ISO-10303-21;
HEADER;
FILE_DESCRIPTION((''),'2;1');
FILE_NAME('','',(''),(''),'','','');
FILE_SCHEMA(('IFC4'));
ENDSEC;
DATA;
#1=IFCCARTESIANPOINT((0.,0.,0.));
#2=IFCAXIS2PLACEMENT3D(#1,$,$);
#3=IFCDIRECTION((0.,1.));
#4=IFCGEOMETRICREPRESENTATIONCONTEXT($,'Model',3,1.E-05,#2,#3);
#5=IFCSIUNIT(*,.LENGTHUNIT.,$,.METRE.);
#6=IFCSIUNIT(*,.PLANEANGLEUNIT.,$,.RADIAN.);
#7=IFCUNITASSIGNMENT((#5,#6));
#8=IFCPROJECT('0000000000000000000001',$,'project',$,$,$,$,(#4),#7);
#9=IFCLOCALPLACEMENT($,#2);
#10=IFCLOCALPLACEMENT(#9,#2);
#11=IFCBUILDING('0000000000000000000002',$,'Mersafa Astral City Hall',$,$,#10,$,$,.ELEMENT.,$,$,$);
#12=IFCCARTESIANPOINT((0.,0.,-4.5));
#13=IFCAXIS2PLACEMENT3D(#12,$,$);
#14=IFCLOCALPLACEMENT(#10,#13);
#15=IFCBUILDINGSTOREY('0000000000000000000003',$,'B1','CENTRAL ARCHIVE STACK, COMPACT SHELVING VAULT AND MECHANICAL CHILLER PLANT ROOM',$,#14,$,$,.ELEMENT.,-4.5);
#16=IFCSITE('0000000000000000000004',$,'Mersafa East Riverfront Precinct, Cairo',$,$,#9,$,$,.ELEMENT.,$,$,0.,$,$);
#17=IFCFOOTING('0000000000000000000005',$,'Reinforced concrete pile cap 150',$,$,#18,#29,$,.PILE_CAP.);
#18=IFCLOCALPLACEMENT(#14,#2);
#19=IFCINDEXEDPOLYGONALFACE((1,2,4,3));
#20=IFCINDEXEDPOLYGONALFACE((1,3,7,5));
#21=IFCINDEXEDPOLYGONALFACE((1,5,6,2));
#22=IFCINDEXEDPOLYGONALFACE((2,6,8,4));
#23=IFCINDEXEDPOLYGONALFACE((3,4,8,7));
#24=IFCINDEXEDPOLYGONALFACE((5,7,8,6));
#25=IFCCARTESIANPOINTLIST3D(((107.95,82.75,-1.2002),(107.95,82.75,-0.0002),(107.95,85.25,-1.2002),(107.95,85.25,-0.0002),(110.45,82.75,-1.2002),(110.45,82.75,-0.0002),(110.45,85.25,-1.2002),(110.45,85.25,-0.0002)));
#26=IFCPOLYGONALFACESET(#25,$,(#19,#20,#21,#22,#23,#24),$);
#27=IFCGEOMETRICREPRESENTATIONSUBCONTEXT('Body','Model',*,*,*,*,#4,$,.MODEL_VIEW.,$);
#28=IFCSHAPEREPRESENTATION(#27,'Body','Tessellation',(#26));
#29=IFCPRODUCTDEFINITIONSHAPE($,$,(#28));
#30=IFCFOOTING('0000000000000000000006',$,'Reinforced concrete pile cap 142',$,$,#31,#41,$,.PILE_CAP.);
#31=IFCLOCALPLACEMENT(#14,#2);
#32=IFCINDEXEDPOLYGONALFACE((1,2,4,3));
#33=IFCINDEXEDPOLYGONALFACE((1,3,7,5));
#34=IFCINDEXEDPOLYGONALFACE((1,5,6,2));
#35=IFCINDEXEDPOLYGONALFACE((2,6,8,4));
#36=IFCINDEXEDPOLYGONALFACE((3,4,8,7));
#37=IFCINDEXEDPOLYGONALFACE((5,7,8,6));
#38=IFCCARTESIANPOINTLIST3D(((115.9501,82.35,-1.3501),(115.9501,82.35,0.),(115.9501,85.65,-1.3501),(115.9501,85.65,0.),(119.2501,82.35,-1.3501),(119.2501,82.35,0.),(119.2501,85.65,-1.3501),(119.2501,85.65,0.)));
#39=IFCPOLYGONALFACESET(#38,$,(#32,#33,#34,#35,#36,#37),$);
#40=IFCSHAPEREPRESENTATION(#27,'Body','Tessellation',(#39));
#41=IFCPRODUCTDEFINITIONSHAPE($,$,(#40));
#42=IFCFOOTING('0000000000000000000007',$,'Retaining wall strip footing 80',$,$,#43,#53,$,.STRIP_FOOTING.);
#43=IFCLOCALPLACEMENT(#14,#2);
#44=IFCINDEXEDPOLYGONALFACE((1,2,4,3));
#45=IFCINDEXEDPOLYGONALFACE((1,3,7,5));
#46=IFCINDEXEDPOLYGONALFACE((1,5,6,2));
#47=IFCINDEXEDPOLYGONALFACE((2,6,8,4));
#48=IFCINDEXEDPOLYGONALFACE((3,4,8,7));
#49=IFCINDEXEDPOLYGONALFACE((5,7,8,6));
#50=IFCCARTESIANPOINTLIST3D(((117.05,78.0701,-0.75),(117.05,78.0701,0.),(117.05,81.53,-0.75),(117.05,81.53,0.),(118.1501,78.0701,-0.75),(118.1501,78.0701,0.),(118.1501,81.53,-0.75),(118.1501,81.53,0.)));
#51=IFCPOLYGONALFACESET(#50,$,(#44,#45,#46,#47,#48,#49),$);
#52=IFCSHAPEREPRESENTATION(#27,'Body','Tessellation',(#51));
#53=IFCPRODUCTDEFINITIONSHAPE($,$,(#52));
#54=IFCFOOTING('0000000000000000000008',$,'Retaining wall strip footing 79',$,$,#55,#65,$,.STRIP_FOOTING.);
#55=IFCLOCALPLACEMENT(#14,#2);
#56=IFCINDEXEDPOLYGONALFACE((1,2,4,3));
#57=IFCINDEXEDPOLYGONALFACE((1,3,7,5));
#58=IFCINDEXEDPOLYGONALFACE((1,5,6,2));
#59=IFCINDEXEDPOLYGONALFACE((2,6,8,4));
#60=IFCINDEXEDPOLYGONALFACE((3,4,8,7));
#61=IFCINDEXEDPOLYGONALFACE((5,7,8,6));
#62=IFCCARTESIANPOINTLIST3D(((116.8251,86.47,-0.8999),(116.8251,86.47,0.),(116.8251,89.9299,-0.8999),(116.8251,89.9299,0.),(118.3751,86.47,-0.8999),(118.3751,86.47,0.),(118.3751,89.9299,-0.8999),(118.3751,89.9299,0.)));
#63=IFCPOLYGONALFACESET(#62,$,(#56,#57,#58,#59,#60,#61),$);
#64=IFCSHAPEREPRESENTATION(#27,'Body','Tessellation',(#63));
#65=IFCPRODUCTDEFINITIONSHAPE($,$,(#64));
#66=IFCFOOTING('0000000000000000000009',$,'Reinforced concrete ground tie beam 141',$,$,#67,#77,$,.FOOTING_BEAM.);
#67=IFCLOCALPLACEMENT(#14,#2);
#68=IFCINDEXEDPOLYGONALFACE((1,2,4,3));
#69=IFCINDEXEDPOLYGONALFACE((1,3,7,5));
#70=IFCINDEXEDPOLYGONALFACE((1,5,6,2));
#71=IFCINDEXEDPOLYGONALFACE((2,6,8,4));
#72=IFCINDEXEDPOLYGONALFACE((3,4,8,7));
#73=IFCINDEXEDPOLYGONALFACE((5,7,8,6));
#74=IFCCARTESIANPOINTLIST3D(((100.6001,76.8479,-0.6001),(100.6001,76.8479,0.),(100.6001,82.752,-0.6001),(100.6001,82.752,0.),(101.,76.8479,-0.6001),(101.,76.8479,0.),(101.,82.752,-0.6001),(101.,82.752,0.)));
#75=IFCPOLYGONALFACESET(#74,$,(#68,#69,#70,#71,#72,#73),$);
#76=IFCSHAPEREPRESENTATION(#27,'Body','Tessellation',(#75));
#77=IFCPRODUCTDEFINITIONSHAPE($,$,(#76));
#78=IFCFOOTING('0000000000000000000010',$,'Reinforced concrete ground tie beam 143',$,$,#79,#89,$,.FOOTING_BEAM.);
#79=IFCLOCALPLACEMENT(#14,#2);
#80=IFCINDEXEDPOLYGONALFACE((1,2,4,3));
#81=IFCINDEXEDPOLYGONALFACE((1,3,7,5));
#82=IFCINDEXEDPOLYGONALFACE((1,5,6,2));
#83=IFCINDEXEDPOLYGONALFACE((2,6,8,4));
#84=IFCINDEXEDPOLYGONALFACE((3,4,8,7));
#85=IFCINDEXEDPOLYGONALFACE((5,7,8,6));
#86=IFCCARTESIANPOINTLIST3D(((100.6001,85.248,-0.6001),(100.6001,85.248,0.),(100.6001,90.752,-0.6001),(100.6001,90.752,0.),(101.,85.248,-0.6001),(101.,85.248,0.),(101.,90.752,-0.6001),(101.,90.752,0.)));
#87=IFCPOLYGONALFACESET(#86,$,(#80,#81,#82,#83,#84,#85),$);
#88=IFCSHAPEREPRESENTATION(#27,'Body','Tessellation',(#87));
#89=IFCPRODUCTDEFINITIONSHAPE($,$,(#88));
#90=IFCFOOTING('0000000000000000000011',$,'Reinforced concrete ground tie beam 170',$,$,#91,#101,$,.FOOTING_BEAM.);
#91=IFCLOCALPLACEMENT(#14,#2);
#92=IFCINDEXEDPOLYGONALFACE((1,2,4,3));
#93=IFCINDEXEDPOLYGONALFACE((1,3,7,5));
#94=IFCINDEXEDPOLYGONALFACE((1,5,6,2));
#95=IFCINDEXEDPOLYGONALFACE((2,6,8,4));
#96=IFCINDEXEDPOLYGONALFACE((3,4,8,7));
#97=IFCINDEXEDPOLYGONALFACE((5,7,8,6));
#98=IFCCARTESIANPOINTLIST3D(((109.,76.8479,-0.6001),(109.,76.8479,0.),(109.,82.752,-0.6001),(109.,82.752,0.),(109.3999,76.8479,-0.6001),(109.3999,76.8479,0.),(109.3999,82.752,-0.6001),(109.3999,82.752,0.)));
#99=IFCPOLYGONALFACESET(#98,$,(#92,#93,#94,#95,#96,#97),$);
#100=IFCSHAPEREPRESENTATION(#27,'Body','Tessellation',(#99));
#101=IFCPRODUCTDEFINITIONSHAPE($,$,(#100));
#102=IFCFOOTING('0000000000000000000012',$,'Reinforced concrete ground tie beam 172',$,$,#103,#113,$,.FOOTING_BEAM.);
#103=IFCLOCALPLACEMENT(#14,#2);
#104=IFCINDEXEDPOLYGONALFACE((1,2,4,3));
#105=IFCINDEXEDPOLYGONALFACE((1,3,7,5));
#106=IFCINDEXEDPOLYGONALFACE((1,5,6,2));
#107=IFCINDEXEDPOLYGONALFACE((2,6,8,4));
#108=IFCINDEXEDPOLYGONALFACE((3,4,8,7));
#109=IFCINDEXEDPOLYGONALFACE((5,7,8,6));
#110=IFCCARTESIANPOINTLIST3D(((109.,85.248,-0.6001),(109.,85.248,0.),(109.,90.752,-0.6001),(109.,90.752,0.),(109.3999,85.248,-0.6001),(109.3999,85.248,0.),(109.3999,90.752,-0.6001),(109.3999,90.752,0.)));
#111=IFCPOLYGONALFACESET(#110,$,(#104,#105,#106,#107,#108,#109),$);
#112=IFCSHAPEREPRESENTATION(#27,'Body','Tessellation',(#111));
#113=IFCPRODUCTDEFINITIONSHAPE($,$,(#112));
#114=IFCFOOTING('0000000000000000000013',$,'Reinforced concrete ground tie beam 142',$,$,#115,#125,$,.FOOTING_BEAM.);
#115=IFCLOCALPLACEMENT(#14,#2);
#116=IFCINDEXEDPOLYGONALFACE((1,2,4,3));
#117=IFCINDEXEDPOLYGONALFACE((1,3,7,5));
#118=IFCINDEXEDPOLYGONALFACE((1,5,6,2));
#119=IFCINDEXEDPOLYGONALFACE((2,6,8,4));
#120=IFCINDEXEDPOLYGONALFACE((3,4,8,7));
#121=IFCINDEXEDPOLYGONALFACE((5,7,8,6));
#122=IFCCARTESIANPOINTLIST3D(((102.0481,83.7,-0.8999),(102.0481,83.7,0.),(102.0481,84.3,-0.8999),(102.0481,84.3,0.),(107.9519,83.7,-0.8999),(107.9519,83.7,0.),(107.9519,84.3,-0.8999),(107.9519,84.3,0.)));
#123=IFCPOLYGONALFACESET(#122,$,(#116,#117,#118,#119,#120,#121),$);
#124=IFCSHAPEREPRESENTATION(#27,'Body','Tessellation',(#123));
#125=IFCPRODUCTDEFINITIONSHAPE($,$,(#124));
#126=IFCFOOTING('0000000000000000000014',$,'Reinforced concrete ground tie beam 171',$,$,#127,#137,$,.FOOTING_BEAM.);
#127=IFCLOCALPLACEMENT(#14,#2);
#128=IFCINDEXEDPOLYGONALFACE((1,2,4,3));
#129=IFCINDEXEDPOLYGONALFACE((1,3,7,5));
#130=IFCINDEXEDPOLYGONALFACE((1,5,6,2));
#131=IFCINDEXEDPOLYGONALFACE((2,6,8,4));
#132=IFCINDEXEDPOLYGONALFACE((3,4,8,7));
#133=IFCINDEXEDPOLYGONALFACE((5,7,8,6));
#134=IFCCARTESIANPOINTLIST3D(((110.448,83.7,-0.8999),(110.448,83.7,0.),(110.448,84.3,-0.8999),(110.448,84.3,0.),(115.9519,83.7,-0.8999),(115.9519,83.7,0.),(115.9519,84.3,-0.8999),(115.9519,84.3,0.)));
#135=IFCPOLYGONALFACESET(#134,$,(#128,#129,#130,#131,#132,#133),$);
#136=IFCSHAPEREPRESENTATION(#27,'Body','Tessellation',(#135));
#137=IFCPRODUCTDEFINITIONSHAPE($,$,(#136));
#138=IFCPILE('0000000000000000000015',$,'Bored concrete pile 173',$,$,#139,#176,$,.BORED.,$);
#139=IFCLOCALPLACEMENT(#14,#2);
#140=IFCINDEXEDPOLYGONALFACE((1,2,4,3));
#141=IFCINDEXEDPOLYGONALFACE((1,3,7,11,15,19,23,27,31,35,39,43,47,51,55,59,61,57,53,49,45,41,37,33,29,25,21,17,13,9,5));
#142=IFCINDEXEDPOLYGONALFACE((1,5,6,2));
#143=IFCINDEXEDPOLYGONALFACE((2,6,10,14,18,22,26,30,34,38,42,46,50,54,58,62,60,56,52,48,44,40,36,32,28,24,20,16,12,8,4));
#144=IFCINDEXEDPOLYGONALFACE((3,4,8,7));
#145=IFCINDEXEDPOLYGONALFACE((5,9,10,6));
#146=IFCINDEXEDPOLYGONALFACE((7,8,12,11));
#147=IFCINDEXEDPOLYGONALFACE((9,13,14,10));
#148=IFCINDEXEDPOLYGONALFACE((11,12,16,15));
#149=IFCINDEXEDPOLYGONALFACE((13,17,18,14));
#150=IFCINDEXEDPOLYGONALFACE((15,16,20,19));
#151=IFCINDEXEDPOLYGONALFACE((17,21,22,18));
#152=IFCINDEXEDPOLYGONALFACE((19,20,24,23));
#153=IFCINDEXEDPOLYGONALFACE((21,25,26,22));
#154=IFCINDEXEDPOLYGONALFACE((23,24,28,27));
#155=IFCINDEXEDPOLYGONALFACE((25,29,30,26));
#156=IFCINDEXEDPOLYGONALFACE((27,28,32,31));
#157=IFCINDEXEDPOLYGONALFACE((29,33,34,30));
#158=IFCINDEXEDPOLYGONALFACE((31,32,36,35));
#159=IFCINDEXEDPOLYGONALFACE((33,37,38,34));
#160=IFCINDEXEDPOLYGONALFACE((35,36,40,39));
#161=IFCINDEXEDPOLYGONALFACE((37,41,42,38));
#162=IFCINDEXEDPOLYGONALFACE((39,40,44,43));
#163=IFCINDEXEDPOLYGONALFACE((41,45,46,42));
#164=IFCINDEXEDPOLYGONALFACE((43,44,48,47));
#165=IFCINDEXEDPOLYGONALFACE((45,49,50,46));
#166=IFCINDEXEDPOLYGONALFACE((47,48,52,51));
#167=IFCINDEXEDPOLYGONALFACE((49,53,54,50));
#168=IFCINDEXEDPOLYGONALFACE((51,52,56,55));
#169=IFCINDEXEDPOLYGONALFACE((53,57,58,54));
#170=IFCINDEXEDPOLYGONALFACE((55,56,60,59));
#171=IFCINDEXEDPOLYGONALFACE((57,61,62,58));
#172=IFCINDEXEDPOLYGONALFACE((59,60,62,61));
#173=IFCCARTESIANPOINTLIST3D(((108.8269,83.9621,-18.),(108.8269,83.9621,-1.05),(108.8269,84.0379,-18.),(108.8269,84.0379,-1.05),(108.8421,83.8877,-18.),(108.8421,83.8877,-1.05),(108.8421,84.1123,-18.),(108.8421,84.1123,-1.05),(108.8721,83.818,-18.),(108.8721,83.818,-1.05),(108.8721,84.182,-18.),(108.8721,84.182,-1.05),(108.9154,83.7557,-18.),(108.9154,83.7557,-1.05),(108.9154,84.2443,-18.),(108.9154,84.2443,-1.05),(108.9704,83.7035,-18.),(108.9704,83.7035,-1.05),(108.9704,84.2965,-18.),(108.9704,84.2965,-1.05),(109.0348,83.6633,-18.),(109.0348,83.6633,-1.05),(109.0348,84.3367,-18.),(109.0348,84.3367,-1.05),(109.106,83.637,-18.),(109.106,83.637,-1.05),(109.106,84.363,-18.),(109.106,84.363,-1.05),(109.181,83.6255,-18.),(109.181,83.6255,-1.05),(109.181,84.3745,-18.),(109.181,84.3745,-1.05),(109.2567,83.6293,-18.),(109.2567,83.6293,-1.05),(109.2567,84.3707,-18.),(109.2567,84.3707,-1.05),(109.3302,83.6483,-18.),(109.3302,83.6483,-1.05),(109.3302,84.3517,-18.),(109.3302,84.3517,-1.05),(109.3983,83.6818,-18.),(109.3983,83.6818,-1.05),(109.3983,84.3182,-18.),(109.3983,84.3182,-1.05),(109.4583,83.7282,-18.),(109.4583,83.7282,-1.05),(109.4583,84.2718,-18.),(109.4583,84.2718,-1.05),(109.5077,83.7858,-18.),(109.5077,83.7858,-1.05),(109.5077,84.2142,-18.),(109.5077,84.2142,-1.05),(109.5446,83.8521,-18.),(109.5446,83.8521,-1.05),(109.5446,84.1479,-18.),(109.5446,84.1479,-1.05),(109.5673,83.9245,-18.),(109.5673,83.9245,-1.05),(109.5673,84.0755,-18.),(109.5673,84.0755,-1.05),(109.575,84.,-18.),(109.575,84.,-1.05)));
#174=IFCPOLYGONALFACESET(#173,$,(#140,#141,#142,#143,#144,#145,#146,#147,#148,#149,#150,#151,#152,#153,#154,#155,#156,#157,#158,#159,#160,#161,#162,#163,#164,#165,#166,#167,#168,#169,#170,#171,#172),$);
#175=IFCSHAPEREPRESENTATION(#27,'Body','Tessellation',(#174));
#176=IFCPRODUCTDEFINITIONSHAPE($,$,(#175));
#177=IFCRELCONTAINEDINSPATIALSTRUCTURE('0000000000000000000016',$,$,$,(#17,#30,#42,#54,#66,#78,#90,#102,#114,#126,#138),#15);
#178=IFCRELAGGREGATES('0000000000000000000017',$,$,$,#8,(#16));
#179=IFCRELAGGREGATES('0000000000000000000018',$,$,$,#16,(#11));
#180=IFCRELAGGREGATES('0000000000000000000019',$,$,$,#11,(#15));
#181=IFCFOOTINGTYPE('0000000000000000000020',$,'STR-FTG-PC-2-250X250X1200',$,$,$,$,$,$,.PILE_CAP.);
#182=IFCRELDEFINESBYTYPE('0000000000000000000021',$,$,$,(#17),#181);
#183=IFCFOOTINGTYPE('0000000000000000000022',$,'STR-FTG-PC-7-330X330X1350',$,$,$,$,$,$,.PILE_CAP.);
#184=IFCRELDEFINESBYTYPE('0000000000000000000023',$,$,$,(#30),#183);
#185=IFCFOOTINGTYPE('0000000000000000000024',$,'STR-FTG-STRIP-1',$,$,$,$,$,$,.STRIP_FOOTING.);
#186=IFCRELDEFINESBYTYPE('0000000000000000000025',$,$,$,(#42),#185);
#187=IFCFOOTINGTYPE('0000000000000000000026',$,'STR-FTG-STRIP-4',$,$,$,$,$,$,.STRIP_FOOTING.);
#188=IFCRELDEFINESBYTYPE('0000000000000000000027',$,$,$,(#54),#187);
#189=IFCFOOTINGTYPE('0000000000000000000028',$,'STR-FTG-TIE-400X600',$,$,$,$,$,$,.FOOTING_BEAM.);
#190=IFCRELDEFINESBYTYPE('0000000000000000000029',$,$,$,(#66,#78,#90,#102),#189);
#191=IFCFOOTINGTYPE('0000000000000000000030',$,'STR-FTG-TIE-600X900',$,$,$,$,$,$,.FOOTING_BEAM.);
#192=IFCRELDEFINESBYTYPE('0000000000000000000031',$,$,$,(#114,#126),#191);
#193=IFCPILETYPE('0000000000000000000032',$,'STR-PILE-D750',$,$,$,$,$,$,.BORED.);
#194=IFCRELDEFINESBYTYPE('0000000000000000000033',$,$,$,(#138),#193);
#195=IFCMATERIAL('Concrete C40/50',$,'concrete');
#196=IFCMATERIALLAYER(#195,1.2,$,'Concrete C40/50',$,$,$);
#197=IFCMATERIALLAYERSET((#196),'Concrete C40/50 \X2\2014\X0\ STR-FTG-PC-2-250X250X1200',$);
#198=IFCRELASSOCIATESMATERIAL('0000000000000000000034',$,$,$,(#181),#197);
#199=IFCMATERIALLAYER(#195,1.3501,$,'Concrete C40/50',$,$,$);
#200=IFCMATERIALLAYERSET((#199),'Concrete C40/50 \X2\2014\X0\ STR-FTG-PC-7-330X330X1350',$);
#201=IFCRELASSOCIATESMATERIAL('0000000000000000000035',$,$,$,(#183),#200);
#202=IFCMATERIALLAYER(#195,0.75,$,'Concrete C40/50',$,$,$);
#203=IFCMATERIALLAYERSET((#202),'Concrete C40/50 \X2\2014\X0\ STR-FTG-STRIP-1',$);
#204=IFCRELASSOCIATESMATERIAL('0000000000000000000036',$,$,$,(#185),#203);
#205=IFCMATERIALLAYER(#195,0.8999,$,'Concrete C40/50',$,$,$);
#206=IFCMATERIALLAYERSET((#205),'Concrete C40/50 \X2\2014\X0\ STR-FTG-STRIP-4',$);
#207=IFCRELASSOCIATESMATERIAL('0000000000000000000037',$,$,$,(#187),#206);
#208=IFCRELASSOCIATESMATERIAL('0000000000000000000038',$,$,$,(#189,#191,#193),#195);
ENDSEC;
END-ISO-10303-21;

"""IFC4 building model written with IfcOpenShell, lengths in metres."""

from ifc_helpers import new_model, si_unit, direction, frame, origin, origin_2d, place, context, subcontext, project, spatial, rectangle, circle, extrude, material, layer, layer_set, material_profile, profile_set, type_object, element, save


model = new_model("IFC4")

# Units and contexts
model_context = context("Model", 3, precision=1e-05, world=origin(), true_north=direction((0.0, 1.0)))
body_context = subcontext(model_context, "Body", "Model", "MODEL_VIEW")
ifc_project = project(units=[si_unit("LENGTHUNIT", "METRE"), si_unit("PLANEANGLEUNIT", "RADIAN")], contexts=[model_context])

# Site, building, storey
site_placement = place(None, origin())
site = spatial("IfcSite", under=ifc_project, at=site_placement, Name="Mersafa East Riverfront Precinct, Cairo", CompositionType="ELEMENT", RefElevation=0.0)
building_placement = place(site_placement, origin())
building = spatial("IfcBuilding", under=site, at=building_placement, Name="Mersafa Astral City Hall", CompositionType="ELEMENT")
storey_placement = place(building_placement, frame((0.0, 0.0, -4.5)))
storey = spatial("IfcBuildingStorey", under=building, at=storey_placement, Name="B1", Description="CENTRAL ARCHIVE STACK, COMPACT SHELVING VAULT AND MECHANICAL CHILLER PLANT ROOM", CompositionType="ELEMENT", Elevation=-4.5)

# Footings
ifc_material_1 = material(Name="Concrete C40/50", Category="concrete")
ifc_layer_1 = layer(ifc_material_1, 1.2, Name="Concrete C40/50")
ifc_layer_set_1 = layer_set([ifc_layer_1], Name="Concrete C40/50 — STR-FTG-PC-2-250X250X1200")
footing_type_1 = type_object("IfcFootingType", Name="STR-FTG-PC-2-250X250X1200", PredefinedType="PILE_CAP", material=ifc_layer_set_1)
footing_1_placement = place(storey_placement, frame((109.2, 84.0, -1.2002), z_axis=(0.0, 0.0, 1.0), x_axis=(1.0, 0.0, 0.0)))
element("IfcFooting", 1, at=footing_1_placement, inside=storey, type_object=footing_type_1, Name="Reinforced concrete pile cap 150", PredefinedType="PILE_CAP", context=body_context, shape_type="SweptSolid", body=[
    extrude(rectangle(XDim=2.5, YDim=2.5, at=origin_2d()), origin(), (0.0, 0.0, 1.0), 1.2),
])
ifc_layer_2 = layer(ifc_material_1, 1.3501, Name="Concrete C40/50")
ifc_layer_set_2 = layer_set([ifc_layer_2], Name="Concrete C40/50 — STR-FTG-PC-7-330X330X1350")
footing_type_2 = type_object("IfcFootingType", Name="STR-FTG-PC-7-330X330X1350", PredefinedType="PILE_CAP", material=ifc_layer_set_2)
footing_2_placement = place(storey_placement, frame((117.6001, 84.0, -1.3501), z_axis=(0.0, 0.0, 1.0), x_axis=(1.0, 0.0, 0.0)))
element("IfcFooting", 2, at=footing_2_placement, inside=storey, type_object=footing_type_2, Name="Reinforced concrete pile cap 142", PredefinedType="PILE_CAP", context=body_context, shape_type="SweptSolid", body=[
    extrude(rectangle(XDim=3.3, YDim=3.3, at=origin_2d()), origin(), (0.0, 0.0, 1.0), 1.3501),
])
ifc_layer_3 = layer(ifc_material_1, 0.75, Name="Concrete C40/50")
ifc_layer_set_3 = layer_set([ifc_layer_3], Name="Concrete C40/50 — STR-FTG-STRIP-1")
footing_type_3 = type_object("IfcFootingType", Name="STR-FTG-STRIP-1", PredefinedType="STRIP_FOOTING", material=ifc_layer_set_3)
footing_3_placement = place(storey_placement, frame((117.6001, 79.8, -0.75), z_axis=(0.0, 0.0, 1.0), x_axis=(0.0, -1.0, 0.0)))
element("IfcFooting", 3, at=footing_3_placement, inside=storey, type_object=footing_type_3, Name="Retaining wall strip footing 80", PredefinedType="STRIP_FOOTING", context=body_context, shape_type="SweptSolid", body=[
    extrude(rectangle(XDim=3.46, YDim=1.1001, at=origin_2d()), origin(), (0.0, 0.0, 1.0), 0.75),
])
ifc_layer_4 = layer(ifc_material_1, 0.8999, Name="Concrete C40/50")
ifc_layer_set_4 = layer_set([ifc_layer_4], Name="Concrete C40/50 — STR-FTG-STRIP-4")
footing_type_4 = type_object("IfcFootingType", Name="STR-FTG-STRIP-4", PredefinedType="STRIP_FOOTING", material=ifc_layer_set_4)
footing_4_placement = place(storey_placement, frame((117.6001, 88.2, -0.8999), z_axis=(0.0, 0.0, 1.0), x_axis=(0.0, -1.0, 0.0)))
element("IfcFooting", 4, at=footing_4_placement, inside=storey, type_object=footing_type_4, Name="Retaining wall strip footing 79", PredefinedType="STRIP_FOOTING", context=body_context, shape_type="SweptSolid", body=[
    extrude(rectangle(XDim=3.46, YDim=1.55, at=origin_2d()), origin(), (0.0, 0.0, 1.0), 0.8999),
])
ifc_material_profile_1 = material_profile(ifc_material_1, rectangle(XDim=0.3999, YDim=0.6001, at=origin_2d()), Name="RC 400x600")
ifc_profile_set_1 = profile_set([ifc_material_profile_1], Name="Concrete C40/50")
footing_type_5 = type_object("IfcFootingType", Name="STR-FTG-TIE-400X600", PredefinedType="FOOTING_BEAM", material=ifc_profile_set_1)
footing_5_placement = place(storey_placement, frame((100.8, 76.8479, -0.3), z_axis=(0.0, 1.0, 0.0), x_axis=(-1.0, 0.0, 0.0)))
element("IfcFooting", 5, at=footing_5_placement, inside=storey, type_object=footing_type_5, Name="Reinforced concrete ground tie beam 141", PredefinedType="FOOTING_BEAM", context=body_context, shape_type="SweptSolid", body=[
    extrude(rectangle(XDim=0.3999, YDim=0.6001, at=origin_2d()), origin(), (0.0, 0.0, 1.0), 5.9041),
])
footing_6_placement = place(storey_placement, frame((100.8, 85.248, -0.3), z_axis=(0.0, 1.0, 0.0), x_axis=(-1.0, 0.0, 0.0)))
element("IfcFooting", 6, at=footing_6_placement, inside=storey, type_object=footing_type_5, Name="Reinforced concrete ground tie beam 143", PredefinedType="FOOTING_BEAM", context=body_context, shape_type="SweptSolid", body=[
    extrude(rectangle(XDim=0.3999, YDim=0.6001, at=origin_2d()), origin(), (0.0, 0.0, 1.0), 5.5039),
])
footing_7_placement = place(storey_placement, frame((109.2, 76.8479, -0.3), z_axis=(0.0, 1.0, 0.0), x_axis=(-1.0, 0.0, 0.0)))
element("IfcFooting", 7, at=footing_7_placement, inside=storey, type_object=footing_type_5, Name="Reinforced concrete ground tie beam 170", PredefinedType="FOOTING_BEAM", context=body_context, shape_type="SweptSolid", body=[
    extrude(rectangle(XDim=0.3999, YDim=0.6001, at=origin_2d()), origin(), (0.0, 0.0, 1.0), 5.9041),
])
footing_8_placement = place(storey_placement, frame((109.2, 85.248, -0.3), z_axis=(0.0, 1.0, 0.0), x_axis=(-1.0, 0.0, 0.0)))
element("IfcFooting", 8, at=footing_8_placement, inside=storey, type_object=footing_type_5, Name="Reinforced concrete ground tie beam 172", PredefinedType="FOOTING_BEAM", context=body_context, shape_type="SweptSolid", body=[
    extrude(rectangle(XDim=0.3999, YDim=0.6001, at=origin_2d()), origin(), (0.0, 0.0, 1.0), 5.5039),
])
ifc_material_profile_2 = material_profile(ifc_material_1, rectangle(XDim=0.6001, YDim=0.8999, at=origin_2d()), Name="RC 600x900")
ifc_profile_set_2 = profile_set([ifc_material_profile_2], Name="Concrete C40/50")
footing_type_6 = type_object("IfcFootingType", Name="STR-FTG-TIE-600X900", PredefinedType="FOOTING_BEAM", material=ifc_profile_set_2)
footing_9_placement = place(storey_placement, frame((102.0481, 84.0, -0.45), z_axis=(1.0, 0.0, 0.0), x_axis=(0.0, 1.0, 0.0)))
element("IfcFooting", 9, at=footing_9_placement, inside=storey, type_object=footing_type_6, Name="Reinforced concrete ground tie beam 142", PredefinedType="FOOTING_BEAM", context=body_context, shape_type="SweptSolid", body=[
    extrude(rectangle(XDim=0.6001, YDim=0.8999, at=origin_2d()), origin(), (0.0, 0.0, 1.0), 5.9038),
])
footing_10_placement = place(storey_placement, frame((110.448, 84.0, -0.45), z_axis=(1.0, 0.0, 0.0), x_axis=(0.0, 1.0, 0.0)))
element("IfcFooting", 10, at=footing_10_placement, inside=storey, type_object=footing_type_6, Name="Reinforced concrete ground tie beam 171", PredefinedType="FOOTING_BEAM", context=body_context, shape_type="SweptSolid", body=[
    extrude(rectangle(XDim=0.6001, YDim=0.8999, at=origin_2d()), origin(), (0.0, 0.0, 1.0), 5.5039),
])

# Pile
ifc_material_profile_3 = material_profile(ifc_material_1, circle(Radius=0.375, at=origin_2d()), Name="PILE D750")
ifc_profile_set_3 = profile_set([ifc_material_profile_3], Name="Concrete C40/50")
pile_type_1 = type_object("IfcPileType", Name="STR-PILE-D750", PredefinedType="BORED", material=ifc_profile_set_3)
pile_1_placement = place(storey_placement, frame((109.2, 84.0, -1.05), z_axis=(0.0, 0.0, -1.0), x_axis=(1.0, 0.0, 0.0)))
element("IfcPile", 11, at=pile_1_placement, inside=storey, type_object=pile_type_1, Name="Bored concrete pile 173", PredefinedType="BORED", context=body_context, shape_type="SweptSolid", body=[
    extrude(circle(Radius=0.375, at=origin_2d()), origin(), (0.0, 0.0, 1.0), 16.95),
])

save(model, "model.ifc")
